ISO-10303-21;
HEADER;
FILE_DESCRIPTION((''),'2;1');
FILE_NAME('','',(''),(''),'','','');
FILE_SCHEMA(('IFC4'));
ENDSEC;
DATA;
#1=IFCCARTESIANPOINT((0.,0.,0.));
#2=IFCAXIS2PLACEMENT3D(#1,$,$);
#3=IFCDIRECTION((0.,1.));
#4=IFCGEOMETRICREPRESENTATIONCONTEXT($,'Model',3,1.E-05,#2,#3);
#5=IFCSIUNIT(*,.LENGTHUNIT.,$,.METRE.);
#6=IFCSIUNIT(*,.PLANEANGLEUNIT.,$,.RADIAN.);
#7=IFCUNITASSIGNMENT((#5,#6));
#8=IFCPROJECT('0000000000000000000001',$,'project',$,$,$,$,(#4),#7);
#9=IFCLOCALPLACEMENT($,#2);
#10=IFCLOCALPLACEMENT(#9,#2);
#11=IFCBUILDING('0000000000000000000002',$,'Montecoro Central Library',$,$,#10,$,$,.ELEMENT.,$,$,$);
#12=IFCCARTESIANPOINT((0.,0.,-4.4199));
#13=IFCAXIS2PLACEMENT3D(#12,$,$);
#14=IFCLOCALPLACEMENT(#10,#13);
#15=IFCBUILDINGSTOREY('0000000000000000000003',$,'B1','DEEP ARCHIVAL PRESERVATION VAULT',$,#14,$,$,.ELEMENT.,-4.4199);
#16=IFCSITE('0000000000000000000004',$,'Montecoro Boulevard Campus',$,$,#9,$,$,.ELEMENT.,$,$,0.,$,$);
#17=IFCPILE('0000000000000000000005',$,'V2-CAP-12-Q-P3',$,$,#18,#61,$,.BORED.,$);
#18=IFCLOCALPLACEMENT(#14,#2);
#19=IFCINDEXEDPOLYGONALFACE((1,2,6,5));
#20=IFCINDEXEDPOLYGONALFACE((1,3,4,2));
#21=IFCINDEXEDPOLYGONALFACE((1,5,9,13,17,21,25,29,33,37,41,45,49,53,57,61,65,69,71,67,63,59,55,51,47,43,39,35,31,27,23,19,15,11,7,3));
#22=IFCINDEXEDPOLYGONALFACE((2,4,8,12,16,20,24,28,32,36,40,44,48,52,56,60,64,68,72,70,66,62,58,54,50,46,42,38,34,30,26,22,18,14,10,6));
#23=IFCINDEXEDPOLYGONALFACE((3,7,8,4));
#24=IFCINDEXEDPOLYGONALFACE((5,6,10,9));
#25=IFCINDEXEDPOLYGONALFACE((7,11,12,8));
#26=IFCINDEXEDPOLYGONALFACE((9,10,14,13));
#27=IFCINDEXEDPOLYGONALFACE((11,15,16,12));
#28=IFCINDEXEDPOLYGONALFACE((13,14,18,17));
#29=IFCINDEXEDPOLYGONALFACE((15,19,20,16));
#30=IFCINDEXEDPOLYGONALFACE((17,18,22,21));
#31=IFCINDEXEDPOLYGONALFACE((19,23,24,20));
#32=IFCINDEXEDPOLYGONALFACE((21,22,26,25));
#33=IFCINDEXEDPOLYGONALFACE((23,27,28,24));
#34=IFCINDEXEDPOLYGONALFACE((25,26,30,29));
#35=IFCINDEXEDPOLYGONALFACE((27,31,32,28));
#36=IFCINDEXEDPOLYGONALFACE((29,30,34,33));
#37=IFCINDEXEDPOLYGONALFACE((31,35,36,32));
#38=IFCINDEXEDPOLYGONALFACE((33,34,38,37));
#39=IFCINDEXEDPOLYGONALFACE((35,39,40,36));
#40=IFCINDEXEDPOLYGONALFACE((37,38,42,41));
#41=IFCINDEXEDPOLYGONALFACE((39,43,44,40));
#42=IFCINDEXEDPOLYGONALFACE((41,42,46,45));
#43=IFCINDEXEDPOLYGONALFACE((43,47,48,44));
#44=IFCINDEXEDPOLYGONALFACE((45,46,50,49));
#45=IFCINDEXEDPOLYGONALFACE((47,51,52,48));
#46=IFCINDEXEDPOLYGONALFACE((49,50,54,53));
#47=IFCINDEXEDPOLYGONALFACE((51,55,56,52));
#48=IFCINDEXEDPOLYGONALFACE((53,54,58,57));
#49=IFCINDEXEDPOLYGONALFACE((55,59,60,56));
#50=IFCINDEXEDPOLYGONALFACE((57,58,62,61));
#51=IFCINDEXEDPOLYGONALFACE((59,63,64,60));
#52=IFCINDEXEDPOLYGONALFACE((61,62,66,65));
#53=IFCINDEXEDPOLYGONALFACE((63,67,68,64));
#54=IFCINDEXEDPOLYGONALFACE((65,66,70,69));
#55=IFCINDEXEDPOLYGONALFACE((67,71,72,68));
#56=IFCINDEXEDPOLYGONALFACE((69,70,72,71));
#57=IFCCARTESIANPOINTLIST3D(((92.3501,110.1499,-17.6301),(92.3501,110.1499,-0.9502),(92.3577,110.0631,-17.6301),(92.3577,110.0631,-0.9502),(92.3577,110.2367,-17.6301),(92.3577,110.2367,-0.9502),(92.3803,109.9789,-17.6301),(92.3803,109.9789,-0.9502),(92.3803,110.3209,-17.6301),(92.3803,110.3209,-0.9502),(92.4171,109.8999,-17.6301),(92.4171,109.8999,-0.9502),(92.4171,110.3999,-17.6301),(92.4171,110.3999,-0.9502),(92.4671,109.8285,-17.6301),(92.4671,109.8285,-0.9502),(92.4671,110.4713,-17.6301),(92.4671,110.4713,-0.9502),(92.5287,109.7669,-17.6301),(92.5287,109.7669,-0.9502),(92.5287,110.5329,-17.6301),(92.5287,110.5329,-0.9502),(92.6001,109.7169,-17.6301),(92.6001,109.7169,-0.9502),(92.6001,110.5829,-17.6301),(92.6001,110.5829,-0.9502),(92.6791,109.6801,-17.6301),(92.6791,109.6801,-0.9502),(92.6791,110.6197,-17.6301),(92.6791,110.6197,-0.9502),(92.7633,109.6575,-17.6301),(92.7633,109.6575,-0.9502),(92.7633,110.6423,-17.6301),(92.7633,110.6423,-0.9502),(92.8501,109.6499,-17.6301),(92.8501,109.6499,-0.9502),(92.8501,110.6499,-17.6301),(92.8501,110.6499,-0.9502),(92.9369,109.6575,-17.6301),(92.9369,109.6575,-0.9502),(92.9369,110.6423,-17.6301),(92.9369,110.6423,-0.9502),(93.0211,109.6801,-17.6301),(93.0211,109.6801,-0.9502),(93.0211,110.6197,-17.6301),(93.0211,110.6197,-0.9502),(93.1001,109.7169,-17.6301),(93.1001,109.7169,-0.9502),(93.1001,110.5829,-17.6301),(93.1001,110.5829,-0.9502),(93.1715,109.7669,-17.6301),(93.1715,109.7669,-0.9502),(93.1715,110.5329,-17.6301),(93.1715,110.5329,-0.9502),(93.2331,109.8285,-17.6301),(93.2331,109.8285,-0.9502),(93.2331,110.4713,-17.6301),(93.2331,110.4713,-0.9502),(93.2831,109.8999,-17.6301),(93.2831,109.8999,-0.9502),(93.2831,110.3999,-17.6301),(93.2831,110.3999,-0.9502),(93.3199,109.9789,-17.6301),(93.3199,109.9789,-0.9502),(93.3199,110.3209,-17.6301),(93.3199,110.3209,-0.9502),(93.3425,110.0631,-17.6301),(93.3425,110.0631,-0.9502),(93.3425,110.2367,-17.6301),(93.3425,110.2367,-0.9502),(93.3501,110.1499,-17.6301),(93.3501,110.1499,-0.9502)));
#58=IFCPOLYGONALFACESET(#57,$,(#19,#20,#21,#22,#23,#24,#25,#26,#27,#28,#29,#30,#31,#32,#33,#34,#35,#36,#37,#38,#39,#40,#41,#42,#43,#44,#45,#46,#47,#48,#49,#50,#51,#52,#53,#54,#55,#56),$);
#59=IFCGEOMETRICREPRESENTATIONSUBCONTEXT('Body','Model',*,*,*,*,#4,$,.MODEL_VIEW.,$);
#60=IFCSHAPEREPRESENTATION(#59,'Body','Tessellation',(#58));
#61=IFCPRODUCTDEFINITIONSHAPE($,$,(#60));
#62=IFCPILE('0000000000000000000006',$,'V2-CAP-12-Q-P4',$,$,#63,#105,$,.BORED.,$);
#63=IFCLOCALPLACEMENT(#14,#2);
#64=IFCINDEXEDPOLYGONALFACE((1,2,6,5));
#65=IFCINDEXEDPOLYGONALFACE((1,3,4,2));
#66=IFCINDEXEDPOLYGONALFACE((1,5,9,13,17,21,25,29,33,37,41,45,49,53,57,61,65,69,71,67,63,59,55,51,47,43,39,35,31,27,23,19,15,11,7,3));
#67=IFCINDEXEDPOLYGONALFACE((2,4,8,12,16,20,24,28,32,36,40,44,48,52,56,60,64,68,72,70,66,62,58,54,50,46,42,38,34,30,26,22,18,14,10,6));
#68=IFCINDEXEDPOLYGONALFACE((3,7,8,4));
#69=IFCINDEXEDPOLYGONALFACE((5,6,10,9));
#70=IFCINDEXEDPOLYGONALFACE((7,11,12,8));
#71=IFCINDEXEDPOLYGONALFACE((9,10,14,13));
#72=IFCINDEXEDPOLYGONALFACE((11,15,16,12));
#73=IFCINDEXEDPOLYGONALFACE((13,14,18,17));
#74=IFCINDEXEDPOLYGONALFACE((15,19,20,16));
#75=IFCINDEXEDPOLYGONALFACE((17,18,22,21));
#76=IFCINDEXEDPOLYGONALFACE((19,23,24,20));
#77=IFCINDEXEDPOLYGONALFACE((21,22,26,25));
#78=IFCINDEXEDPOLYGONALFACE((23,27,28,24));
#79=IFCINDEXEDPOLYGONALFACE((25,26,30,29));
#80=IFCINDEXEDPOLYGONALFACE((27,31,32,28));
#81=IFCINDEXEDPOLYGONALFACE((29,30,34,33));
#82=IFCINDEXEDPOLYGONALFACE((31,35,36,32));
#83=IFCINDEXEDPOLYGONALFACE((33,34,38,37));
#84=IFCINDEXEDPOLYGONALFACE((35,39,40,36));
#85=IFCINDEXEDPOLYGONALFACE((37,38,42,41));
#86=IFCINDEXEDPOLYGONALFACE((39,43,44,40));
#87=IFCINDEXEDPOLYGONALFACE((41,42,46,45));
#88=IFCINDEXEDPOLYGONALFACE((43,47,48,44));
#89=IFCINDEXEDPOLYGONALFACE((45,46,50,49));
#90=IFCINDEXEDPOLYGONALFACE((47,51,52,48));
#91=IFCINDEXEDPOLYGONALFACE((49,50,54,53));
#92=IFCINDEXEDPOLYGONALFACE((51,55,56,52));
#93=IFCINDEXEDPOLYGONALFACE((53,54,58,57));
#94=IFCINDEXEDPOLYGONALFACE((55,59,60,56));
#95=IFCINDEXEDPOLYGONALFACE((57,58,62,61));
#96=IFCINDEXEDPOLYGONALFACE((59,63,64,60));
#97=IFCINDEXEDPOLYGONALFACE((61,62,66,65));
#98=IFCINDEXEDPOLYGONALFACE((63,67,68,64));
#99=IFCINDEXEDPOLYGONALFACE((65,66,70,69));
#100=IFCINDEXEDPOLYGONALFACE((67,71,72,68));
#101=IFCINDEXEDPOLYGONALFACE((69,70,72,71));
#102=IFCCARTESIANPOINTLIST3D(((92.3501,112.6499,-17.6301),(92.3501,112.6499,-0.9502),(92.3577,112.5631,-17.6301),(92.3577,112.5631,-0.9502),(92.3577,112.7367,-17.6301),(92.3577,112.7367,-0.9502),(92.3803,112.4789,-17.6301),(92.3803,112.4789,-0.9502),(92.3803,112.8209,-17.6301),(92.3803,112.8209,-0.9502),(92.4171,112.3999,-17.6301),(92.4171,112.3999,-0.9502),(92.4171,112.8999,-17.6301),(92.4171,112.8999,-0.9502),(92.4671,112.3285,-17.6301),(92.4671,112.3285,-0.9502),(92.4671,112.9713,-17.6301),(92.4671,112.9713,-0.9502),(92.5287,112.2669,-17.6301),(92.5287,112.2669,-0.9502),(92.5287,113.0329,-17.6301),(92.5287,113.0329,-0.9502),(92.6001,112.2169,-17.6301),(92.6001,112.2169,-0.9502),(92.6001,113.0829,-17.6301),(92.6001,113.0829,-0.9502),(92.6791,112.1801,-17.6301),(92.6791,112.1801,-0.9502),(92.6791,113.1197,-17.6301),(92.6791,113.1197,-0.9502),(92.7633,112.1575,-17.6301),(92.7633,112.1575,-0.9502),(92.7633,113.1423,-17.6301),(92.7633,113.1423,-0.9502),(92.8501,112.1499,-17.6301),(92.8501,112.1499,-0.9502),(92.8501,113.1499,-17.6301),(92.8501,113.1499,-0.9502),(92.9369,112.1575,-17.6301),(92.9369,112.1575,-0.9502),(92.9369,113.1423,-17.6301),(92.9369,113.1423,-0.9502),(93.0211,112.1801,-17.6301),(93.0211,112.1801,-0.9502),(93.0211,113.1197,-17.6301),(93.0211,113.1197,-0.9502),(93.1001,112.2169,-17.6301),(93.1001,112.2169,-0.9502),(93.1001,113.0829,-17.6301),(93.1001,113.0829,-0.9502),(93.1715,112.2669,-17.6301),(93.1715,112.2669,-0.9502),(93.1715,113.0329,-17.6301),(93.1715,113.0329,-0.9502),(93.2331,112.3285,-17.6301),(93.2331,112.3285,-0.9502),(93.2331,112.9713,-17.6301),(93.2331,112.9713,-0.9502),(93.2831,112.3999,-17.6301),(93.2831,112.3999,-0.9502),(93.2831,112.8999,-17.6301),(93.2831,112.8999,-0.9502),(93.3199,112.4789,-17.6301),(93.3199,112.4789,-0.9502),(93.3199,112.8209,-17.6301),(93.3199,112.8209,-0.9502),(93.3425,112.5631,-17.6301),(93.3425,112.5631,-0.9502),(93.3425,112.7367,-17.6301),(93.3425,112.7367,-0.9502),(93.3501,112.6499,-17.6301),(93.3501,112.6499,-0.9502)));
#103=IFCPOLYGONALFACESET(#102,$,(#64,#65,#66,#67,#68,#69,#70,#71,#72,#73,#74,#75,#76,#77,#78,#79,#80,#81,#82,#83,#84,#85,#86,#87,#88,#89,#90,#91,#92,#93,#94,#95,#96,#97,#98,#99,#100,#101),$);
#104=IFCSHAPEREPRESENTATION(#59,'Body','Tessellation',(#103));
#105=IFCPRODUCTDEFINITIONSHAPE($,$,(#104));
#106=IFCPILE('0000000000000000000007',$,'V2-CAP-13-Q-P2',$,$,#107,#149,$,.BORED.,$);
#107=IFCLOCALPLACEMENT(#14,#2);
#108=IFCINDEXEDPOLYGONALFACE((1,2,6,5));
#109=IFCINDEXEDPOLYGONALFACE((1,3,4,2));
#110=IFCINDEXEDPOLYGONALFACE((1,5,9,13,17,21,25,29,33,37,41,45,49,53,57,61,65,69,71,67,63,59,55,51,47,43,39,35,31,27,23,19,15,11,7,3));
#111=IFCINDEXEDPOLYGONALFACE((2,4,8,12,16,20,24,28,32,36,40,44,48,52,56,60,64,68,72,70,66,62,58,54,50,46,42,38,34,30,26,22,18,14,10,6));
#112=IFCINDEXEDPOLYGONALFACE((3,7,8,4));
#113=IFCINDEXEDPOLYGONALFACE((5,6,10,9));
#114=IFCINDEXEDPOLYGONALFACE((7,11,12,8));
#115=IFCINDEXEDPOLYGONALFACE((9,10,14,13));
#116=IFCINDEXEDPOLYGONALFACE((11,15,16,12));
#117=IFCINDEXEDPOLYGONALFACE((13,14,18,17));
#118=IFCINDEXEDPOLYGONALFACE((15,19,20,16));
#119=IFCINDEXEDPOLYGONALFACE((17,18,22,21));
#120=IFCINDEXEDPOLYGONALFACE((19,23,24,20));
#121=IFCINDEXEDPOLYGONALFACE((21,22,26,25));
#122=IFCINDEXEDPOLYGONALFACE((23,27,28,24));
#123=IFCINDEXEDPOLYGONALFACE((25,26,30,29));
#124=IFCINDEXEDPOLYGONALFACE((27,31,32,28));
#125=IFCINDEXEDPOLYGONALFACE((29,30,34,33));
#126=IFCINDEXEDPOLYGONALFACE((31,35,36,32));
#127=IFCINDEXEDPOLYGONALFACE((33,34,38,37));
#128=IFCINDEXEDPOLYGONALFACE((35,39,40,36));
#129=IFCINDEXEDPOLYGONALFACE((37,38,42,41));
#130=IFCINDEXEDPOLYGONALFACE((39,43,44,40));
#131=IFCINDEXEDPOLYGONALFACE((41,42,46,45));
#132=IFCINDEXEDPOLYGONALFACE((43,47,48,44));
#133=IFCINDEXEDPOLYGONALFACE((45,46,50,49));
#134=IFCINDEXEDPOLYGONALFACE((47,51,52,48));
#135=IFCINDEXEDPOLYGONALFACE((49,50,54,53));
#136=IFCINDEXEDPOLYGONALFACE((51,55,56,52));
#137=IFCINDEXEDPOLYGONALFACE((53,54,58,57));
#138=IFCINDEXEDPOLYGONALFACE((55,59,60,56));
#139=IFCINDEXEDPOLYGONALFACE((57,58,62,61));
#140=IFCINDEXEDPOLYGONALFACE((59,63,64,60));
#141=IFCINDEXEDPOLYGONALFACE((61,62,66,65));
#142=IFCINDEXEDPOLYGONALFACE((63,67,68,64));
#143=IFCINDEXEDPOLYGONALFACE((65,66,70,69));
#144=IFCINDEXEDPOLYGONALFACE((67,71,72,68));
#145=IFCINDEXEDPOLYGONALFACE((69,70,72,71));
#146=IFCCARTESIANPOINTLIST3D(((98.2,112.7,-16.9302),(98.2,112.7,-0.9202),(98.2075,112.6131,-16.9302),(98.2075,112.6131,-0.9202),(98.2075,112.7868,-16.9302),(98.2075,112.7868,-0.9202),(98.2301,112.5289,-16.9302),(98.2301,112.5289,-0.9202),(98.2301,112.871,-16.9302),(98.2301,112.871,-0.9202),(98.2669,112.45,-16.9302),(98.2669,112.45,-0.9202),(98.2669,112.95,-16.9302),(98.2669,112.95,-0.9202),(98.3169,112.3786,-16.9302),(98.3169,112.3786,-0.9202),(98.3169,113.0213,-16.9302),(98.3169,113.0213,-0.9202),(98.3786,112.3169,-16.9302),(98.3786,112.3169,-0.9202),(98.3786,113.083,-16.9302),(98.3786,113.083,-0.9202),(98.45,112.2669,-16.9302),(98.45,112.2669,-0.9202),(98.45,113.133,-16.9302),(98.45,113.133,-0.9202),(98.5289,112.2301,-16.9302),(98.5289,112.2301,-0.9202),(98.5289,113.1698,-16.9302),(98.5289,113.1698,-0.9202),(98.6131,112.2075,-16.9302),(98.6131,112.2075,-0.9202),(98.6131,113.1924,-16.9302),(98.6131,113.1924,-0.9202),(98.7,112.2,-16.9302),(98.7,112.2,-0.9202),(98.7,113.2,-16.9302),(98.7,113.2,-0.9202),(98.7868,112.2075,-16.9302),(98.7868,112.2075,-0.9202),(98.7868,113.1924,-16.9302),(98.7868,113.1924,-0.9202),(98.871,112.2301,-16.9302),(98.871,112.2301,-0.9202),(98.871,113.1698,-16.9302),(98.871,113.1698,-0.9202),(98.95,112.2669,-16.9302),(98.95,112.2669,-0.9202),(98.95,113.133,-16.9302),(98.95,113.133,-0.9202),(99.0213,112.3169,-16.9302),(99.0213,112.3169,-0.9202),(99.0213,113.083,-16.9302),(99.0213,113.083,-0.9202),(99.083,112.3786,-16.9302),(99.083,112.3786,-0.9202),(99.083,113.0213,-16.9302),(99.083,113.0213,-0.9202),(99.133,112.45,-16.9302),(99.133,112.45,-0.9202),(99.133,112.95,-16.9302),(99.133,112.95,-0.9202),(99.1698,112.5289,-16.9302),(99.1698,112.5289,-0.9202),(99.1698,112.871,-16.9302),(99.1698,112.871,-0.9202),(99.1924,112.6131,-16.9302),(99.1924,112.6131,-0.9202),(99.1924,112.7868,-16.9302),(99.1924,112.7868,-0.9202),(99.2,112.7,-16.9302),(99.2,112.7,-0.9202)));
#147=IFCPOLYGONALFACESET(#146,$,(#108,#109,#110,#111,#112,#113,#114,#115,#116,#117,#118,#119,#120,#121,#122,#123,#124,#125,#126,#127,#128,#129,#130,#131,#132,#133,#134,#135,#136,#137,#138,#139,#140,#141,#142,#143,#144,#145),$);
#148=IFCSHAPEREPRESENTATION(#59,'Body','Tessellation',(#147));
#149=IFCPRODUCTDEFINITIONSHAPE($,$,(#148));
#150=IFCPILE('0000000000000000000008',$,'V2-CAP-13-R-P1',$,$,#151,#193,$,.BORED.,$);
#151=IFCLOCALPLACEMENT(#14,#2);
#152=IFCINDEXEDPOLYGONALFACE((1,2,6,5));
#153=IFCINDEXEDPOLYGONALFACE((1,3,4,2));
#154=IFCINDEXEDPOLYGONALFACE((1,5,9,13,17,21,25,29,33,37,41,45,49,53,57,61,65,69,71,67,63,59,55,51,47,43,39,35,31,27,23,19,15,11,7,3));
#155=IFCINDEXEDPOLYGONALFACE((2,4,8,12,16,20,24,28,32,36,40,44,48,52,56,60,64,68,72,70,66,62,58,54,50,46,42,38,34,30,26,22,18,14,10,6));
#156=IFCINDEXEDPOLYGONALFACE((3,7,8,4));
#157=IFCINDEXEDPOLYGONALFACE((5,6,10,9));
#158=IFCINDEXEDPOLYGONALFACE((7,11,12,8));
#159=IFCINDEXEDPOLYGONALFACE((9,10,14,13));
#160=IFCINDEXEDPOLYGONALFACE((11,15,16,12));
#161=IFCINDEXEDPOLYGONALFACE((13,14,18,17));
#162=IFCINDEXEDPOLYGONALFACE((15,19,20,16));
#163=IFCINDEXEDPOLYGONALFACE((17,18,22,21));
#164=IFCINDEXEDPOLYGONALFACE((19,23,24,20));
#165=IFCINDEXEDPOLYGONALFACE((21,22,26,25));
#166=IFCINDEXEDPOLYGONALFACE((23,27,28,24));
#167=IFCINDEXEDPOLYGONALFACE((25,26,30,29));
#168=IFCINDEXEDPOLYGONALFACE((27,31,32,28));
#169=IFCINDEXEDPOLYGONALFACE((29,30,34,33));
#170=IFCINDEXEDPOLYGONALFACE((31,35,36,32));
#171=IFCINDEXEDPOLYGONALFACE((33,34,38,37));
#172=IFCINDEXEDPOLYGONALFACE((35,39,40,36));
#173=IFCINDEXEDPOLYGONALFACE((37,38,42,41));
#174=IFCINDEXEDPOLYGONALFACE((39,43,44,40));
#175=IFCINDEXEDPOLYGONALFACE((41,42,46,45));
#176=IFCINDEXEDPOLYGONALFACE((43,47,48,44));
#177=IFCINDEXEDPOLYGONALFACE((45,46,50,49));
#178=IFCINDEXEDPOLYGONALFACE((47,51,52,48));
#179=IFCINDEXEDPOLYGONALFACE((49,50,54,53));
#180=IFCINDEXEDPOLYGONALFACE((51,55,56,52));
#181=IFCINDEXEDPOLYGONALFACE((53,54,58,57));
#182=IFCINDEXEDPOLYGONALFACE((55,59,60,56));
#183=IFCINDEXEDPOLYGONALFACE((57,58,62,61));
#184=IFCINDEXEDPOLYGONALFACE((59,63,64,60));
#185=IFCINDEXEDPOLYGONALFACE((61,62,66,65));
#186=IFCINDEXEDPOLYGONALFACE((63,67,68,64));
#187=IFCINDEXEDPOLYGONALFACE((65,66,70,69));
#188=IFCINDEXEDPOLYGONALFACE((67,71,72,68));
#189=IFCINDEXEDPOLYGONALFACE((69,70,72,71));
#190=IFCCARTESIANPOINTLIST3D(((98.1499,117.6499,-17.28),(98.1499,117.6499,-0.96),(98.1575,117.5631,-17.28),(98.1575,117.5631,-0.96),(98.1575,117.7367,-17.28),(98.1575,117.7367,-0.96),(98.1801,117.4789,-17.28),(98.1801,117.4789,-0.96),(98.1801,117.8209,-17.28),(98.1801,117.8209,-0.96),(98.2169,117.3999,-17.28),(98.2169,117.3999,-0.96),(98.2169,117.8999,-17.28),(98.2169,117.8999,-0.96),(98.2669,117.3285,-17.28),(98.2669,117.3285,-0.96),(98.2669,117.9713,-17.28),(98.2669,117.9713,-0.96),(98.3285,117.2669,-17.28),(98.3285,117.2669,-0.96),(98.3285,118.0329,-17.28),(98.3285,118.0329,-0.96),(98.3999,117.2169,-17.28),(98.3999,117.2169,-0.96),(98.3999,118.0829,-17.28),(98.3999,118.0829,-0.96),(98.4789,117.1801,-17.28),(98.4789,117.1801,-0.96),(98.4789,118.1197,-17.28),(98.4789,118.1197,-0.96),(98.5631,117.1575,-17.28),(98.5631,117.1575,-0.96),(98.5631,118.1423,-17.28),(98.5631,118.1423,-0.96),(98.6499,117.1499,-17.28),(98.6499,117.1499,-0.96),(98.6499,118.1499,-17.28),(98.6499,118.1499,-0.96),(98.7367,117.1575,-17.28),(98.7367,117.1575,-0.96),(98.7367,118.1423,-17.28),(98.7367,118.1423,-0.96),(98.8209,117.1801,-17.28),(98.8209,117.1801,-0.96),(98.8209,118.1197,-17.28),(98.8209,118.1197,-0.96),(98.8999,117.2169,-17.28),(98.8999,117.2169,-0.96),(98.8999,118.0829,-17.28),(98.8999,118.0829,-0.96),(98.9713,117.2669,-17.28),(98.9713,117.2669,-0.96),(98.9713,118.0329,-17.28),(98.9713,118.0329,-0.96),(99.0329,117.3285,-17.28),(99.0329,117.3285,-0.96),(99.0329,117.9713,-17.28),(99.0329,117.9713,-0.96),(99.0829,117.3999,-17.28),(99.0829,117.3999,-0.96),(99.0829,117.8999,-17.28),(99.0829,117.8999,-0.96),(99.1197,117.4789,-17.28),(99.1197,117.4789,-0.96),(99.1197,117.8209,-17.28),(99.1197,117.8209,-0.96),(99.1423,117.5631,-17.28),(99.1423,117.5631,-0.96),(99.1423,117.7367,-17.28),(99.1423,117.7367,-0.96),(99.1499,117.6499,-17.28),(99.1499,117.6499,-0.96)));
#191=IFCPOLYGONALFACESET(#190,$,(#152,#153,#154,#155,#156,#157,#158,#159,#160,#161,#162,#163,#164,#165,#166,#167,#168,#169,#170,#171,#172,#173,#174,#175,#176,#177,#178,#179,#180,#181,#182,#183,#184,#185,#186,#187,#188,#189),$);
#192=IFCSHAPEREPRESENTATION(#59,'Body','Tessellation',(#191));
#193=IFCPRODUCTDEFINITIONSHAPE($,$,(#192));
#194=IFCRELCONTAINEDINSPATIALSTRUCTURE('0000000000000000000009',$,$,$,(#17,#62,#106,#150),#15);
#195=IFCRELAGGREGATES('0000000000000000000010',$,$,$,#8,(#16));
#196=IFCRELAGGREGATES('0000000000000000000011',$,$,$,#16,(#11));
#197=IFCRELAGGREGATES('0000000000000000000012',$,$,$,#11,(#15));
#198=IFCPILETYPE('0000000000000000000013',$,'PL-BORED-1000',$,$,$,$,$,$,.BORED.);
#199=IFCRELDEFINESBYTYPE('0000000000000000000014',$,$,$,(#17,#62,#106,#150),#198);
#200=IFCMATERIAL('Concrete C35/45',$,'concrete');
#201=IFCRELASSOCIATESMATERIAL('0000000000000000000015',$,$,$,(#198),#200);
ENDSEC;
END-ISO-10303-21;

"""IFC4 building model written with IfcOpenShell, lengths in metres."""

from ifc_helpers import new_model, si_unit, direction, frame, origin, origin_2d, place, context, subcontext, project, spatial, circle, extrude, material, material_profile, profile_set, type_object, element, save


model = new_model("IFC4")

# Units and contexts
model_context = context("Model", 3, precision=1e-05, world=origin(), true_north=direction((0.0, 1.0)))
body_context = subcontext(model_context, "Body", "Model", "MODEL_VIEW")
ifc_project = project(units=[si_unit("LENGTHUNIT", "METRE"), si_unit("PLANEANGLEUNIT", "RADIAN")], contexts=[model_context])

# Site, building, storey
site_placement = place(None, origin())
site = spatial("IfcSite", under=ifc_project, at=site_placement, Name="Montecoro Boulevard Campus", CompositionType="ELEMENT", RefElevation=0.0)
building_placement = place(site_placement, origin())
building = spatial("IfcBuilding", under=site, at=building_placement, Name="Montecoro Central Library", CompositionType="ELEMENT")
storey_placement = place(building_placement, frame((0.0, 0.0, -4.4199)))
storey = spatial("IfcBuildingStorey", under=building, at=storey_placement, Name="B1", Description="DEEP ARCHIVAL PRESERVATION VAULT", CompositionType="ELEMENT", Elevation=-4.4199)

# Shared definitions
ifc_material_1 = material(Name="Concrete C35/45", Category="concrete")

# Piles
ifc_material_profile_1 = material_profile(ifc_material_1, circle(Radius=0.5, at=origin_2d()), Name="PILE D1000")
ifc_profile_set_1 = profile_set([ifc_material_profile_1], Name="Concrete C35/45")
pile_type_1 = type_object("IfcPileType", Name="PL-BORED-1000", PredefinedType="BORED", material=ifc_profile_set_1)
for number, where, z_axis, x_axis, name in (
    (1, (92.8501, 110.1499, -0.9502), (0.0, 0.0, -1.0), (1.0, 0.0, 0.0), "V2-CAP-12-Q-P3"),
    (2, (92.8501, 112.6499, -0.9502), (0.0, 0.0, -1.0), (1.0, 0.0, 0.0), "V2-CAP-12-Q-P4"),
):
    element("IfcPile", number, at=place(storey_placement, frame(where, z_axis=z_axis, x_axis=x_axis)), inside=storey, type_object=pile_type_1, Name=name, PredefinedType="BORED", context=body_context, shape_type="SweptSolid", body=[
        extrude(circle(Radius=0.5, at=origin_2d()), origin(), (0.0, 0.0, 1.0), 16.6799),
    ])
pile_placement = place(storey_placement, frame((98.7, 112.7, -0.9202), z_axis=(0.0, 0.0, -1.0), x_axis=(1.0, 0.0, 0.0)))
element("IfcPile", 3, at=pile_placement, inside=storey, type_object=pile_type_1, Name="V2-CAP-13-Q-P2", PredefinedType="BORED", context=body_context, shape_type="SweptSolid", body=[
    extrude(circle(Radius=0.5, at=origin_2d()), origin(), (0.0, 0.0, 1.0), 16.01),
])
for number, where, z_axis, x_axis, name in (
    (4, (98.6499, 117.6499, -0.96), (0.0, 0.0, -1.0), (1.0, 0.0, 0.0), "V2-CAP-13-R-P1"),
):
    element("IfcPile", number, at=place(storey_placement, frame(where, z_axis=z_axis, x_axis=x_axis)), inside=storey, type_object=pile_type_1, Name=name, PredefinedType="BORED", context=body_context, shape_type="SweptSolid", body=[
        extrude(circle(Radius=0.5, at=origin_2d()), origin(), (0.0, 0.0, 1.0), 16.3201),
    ])

save(model, "model.ifc")
